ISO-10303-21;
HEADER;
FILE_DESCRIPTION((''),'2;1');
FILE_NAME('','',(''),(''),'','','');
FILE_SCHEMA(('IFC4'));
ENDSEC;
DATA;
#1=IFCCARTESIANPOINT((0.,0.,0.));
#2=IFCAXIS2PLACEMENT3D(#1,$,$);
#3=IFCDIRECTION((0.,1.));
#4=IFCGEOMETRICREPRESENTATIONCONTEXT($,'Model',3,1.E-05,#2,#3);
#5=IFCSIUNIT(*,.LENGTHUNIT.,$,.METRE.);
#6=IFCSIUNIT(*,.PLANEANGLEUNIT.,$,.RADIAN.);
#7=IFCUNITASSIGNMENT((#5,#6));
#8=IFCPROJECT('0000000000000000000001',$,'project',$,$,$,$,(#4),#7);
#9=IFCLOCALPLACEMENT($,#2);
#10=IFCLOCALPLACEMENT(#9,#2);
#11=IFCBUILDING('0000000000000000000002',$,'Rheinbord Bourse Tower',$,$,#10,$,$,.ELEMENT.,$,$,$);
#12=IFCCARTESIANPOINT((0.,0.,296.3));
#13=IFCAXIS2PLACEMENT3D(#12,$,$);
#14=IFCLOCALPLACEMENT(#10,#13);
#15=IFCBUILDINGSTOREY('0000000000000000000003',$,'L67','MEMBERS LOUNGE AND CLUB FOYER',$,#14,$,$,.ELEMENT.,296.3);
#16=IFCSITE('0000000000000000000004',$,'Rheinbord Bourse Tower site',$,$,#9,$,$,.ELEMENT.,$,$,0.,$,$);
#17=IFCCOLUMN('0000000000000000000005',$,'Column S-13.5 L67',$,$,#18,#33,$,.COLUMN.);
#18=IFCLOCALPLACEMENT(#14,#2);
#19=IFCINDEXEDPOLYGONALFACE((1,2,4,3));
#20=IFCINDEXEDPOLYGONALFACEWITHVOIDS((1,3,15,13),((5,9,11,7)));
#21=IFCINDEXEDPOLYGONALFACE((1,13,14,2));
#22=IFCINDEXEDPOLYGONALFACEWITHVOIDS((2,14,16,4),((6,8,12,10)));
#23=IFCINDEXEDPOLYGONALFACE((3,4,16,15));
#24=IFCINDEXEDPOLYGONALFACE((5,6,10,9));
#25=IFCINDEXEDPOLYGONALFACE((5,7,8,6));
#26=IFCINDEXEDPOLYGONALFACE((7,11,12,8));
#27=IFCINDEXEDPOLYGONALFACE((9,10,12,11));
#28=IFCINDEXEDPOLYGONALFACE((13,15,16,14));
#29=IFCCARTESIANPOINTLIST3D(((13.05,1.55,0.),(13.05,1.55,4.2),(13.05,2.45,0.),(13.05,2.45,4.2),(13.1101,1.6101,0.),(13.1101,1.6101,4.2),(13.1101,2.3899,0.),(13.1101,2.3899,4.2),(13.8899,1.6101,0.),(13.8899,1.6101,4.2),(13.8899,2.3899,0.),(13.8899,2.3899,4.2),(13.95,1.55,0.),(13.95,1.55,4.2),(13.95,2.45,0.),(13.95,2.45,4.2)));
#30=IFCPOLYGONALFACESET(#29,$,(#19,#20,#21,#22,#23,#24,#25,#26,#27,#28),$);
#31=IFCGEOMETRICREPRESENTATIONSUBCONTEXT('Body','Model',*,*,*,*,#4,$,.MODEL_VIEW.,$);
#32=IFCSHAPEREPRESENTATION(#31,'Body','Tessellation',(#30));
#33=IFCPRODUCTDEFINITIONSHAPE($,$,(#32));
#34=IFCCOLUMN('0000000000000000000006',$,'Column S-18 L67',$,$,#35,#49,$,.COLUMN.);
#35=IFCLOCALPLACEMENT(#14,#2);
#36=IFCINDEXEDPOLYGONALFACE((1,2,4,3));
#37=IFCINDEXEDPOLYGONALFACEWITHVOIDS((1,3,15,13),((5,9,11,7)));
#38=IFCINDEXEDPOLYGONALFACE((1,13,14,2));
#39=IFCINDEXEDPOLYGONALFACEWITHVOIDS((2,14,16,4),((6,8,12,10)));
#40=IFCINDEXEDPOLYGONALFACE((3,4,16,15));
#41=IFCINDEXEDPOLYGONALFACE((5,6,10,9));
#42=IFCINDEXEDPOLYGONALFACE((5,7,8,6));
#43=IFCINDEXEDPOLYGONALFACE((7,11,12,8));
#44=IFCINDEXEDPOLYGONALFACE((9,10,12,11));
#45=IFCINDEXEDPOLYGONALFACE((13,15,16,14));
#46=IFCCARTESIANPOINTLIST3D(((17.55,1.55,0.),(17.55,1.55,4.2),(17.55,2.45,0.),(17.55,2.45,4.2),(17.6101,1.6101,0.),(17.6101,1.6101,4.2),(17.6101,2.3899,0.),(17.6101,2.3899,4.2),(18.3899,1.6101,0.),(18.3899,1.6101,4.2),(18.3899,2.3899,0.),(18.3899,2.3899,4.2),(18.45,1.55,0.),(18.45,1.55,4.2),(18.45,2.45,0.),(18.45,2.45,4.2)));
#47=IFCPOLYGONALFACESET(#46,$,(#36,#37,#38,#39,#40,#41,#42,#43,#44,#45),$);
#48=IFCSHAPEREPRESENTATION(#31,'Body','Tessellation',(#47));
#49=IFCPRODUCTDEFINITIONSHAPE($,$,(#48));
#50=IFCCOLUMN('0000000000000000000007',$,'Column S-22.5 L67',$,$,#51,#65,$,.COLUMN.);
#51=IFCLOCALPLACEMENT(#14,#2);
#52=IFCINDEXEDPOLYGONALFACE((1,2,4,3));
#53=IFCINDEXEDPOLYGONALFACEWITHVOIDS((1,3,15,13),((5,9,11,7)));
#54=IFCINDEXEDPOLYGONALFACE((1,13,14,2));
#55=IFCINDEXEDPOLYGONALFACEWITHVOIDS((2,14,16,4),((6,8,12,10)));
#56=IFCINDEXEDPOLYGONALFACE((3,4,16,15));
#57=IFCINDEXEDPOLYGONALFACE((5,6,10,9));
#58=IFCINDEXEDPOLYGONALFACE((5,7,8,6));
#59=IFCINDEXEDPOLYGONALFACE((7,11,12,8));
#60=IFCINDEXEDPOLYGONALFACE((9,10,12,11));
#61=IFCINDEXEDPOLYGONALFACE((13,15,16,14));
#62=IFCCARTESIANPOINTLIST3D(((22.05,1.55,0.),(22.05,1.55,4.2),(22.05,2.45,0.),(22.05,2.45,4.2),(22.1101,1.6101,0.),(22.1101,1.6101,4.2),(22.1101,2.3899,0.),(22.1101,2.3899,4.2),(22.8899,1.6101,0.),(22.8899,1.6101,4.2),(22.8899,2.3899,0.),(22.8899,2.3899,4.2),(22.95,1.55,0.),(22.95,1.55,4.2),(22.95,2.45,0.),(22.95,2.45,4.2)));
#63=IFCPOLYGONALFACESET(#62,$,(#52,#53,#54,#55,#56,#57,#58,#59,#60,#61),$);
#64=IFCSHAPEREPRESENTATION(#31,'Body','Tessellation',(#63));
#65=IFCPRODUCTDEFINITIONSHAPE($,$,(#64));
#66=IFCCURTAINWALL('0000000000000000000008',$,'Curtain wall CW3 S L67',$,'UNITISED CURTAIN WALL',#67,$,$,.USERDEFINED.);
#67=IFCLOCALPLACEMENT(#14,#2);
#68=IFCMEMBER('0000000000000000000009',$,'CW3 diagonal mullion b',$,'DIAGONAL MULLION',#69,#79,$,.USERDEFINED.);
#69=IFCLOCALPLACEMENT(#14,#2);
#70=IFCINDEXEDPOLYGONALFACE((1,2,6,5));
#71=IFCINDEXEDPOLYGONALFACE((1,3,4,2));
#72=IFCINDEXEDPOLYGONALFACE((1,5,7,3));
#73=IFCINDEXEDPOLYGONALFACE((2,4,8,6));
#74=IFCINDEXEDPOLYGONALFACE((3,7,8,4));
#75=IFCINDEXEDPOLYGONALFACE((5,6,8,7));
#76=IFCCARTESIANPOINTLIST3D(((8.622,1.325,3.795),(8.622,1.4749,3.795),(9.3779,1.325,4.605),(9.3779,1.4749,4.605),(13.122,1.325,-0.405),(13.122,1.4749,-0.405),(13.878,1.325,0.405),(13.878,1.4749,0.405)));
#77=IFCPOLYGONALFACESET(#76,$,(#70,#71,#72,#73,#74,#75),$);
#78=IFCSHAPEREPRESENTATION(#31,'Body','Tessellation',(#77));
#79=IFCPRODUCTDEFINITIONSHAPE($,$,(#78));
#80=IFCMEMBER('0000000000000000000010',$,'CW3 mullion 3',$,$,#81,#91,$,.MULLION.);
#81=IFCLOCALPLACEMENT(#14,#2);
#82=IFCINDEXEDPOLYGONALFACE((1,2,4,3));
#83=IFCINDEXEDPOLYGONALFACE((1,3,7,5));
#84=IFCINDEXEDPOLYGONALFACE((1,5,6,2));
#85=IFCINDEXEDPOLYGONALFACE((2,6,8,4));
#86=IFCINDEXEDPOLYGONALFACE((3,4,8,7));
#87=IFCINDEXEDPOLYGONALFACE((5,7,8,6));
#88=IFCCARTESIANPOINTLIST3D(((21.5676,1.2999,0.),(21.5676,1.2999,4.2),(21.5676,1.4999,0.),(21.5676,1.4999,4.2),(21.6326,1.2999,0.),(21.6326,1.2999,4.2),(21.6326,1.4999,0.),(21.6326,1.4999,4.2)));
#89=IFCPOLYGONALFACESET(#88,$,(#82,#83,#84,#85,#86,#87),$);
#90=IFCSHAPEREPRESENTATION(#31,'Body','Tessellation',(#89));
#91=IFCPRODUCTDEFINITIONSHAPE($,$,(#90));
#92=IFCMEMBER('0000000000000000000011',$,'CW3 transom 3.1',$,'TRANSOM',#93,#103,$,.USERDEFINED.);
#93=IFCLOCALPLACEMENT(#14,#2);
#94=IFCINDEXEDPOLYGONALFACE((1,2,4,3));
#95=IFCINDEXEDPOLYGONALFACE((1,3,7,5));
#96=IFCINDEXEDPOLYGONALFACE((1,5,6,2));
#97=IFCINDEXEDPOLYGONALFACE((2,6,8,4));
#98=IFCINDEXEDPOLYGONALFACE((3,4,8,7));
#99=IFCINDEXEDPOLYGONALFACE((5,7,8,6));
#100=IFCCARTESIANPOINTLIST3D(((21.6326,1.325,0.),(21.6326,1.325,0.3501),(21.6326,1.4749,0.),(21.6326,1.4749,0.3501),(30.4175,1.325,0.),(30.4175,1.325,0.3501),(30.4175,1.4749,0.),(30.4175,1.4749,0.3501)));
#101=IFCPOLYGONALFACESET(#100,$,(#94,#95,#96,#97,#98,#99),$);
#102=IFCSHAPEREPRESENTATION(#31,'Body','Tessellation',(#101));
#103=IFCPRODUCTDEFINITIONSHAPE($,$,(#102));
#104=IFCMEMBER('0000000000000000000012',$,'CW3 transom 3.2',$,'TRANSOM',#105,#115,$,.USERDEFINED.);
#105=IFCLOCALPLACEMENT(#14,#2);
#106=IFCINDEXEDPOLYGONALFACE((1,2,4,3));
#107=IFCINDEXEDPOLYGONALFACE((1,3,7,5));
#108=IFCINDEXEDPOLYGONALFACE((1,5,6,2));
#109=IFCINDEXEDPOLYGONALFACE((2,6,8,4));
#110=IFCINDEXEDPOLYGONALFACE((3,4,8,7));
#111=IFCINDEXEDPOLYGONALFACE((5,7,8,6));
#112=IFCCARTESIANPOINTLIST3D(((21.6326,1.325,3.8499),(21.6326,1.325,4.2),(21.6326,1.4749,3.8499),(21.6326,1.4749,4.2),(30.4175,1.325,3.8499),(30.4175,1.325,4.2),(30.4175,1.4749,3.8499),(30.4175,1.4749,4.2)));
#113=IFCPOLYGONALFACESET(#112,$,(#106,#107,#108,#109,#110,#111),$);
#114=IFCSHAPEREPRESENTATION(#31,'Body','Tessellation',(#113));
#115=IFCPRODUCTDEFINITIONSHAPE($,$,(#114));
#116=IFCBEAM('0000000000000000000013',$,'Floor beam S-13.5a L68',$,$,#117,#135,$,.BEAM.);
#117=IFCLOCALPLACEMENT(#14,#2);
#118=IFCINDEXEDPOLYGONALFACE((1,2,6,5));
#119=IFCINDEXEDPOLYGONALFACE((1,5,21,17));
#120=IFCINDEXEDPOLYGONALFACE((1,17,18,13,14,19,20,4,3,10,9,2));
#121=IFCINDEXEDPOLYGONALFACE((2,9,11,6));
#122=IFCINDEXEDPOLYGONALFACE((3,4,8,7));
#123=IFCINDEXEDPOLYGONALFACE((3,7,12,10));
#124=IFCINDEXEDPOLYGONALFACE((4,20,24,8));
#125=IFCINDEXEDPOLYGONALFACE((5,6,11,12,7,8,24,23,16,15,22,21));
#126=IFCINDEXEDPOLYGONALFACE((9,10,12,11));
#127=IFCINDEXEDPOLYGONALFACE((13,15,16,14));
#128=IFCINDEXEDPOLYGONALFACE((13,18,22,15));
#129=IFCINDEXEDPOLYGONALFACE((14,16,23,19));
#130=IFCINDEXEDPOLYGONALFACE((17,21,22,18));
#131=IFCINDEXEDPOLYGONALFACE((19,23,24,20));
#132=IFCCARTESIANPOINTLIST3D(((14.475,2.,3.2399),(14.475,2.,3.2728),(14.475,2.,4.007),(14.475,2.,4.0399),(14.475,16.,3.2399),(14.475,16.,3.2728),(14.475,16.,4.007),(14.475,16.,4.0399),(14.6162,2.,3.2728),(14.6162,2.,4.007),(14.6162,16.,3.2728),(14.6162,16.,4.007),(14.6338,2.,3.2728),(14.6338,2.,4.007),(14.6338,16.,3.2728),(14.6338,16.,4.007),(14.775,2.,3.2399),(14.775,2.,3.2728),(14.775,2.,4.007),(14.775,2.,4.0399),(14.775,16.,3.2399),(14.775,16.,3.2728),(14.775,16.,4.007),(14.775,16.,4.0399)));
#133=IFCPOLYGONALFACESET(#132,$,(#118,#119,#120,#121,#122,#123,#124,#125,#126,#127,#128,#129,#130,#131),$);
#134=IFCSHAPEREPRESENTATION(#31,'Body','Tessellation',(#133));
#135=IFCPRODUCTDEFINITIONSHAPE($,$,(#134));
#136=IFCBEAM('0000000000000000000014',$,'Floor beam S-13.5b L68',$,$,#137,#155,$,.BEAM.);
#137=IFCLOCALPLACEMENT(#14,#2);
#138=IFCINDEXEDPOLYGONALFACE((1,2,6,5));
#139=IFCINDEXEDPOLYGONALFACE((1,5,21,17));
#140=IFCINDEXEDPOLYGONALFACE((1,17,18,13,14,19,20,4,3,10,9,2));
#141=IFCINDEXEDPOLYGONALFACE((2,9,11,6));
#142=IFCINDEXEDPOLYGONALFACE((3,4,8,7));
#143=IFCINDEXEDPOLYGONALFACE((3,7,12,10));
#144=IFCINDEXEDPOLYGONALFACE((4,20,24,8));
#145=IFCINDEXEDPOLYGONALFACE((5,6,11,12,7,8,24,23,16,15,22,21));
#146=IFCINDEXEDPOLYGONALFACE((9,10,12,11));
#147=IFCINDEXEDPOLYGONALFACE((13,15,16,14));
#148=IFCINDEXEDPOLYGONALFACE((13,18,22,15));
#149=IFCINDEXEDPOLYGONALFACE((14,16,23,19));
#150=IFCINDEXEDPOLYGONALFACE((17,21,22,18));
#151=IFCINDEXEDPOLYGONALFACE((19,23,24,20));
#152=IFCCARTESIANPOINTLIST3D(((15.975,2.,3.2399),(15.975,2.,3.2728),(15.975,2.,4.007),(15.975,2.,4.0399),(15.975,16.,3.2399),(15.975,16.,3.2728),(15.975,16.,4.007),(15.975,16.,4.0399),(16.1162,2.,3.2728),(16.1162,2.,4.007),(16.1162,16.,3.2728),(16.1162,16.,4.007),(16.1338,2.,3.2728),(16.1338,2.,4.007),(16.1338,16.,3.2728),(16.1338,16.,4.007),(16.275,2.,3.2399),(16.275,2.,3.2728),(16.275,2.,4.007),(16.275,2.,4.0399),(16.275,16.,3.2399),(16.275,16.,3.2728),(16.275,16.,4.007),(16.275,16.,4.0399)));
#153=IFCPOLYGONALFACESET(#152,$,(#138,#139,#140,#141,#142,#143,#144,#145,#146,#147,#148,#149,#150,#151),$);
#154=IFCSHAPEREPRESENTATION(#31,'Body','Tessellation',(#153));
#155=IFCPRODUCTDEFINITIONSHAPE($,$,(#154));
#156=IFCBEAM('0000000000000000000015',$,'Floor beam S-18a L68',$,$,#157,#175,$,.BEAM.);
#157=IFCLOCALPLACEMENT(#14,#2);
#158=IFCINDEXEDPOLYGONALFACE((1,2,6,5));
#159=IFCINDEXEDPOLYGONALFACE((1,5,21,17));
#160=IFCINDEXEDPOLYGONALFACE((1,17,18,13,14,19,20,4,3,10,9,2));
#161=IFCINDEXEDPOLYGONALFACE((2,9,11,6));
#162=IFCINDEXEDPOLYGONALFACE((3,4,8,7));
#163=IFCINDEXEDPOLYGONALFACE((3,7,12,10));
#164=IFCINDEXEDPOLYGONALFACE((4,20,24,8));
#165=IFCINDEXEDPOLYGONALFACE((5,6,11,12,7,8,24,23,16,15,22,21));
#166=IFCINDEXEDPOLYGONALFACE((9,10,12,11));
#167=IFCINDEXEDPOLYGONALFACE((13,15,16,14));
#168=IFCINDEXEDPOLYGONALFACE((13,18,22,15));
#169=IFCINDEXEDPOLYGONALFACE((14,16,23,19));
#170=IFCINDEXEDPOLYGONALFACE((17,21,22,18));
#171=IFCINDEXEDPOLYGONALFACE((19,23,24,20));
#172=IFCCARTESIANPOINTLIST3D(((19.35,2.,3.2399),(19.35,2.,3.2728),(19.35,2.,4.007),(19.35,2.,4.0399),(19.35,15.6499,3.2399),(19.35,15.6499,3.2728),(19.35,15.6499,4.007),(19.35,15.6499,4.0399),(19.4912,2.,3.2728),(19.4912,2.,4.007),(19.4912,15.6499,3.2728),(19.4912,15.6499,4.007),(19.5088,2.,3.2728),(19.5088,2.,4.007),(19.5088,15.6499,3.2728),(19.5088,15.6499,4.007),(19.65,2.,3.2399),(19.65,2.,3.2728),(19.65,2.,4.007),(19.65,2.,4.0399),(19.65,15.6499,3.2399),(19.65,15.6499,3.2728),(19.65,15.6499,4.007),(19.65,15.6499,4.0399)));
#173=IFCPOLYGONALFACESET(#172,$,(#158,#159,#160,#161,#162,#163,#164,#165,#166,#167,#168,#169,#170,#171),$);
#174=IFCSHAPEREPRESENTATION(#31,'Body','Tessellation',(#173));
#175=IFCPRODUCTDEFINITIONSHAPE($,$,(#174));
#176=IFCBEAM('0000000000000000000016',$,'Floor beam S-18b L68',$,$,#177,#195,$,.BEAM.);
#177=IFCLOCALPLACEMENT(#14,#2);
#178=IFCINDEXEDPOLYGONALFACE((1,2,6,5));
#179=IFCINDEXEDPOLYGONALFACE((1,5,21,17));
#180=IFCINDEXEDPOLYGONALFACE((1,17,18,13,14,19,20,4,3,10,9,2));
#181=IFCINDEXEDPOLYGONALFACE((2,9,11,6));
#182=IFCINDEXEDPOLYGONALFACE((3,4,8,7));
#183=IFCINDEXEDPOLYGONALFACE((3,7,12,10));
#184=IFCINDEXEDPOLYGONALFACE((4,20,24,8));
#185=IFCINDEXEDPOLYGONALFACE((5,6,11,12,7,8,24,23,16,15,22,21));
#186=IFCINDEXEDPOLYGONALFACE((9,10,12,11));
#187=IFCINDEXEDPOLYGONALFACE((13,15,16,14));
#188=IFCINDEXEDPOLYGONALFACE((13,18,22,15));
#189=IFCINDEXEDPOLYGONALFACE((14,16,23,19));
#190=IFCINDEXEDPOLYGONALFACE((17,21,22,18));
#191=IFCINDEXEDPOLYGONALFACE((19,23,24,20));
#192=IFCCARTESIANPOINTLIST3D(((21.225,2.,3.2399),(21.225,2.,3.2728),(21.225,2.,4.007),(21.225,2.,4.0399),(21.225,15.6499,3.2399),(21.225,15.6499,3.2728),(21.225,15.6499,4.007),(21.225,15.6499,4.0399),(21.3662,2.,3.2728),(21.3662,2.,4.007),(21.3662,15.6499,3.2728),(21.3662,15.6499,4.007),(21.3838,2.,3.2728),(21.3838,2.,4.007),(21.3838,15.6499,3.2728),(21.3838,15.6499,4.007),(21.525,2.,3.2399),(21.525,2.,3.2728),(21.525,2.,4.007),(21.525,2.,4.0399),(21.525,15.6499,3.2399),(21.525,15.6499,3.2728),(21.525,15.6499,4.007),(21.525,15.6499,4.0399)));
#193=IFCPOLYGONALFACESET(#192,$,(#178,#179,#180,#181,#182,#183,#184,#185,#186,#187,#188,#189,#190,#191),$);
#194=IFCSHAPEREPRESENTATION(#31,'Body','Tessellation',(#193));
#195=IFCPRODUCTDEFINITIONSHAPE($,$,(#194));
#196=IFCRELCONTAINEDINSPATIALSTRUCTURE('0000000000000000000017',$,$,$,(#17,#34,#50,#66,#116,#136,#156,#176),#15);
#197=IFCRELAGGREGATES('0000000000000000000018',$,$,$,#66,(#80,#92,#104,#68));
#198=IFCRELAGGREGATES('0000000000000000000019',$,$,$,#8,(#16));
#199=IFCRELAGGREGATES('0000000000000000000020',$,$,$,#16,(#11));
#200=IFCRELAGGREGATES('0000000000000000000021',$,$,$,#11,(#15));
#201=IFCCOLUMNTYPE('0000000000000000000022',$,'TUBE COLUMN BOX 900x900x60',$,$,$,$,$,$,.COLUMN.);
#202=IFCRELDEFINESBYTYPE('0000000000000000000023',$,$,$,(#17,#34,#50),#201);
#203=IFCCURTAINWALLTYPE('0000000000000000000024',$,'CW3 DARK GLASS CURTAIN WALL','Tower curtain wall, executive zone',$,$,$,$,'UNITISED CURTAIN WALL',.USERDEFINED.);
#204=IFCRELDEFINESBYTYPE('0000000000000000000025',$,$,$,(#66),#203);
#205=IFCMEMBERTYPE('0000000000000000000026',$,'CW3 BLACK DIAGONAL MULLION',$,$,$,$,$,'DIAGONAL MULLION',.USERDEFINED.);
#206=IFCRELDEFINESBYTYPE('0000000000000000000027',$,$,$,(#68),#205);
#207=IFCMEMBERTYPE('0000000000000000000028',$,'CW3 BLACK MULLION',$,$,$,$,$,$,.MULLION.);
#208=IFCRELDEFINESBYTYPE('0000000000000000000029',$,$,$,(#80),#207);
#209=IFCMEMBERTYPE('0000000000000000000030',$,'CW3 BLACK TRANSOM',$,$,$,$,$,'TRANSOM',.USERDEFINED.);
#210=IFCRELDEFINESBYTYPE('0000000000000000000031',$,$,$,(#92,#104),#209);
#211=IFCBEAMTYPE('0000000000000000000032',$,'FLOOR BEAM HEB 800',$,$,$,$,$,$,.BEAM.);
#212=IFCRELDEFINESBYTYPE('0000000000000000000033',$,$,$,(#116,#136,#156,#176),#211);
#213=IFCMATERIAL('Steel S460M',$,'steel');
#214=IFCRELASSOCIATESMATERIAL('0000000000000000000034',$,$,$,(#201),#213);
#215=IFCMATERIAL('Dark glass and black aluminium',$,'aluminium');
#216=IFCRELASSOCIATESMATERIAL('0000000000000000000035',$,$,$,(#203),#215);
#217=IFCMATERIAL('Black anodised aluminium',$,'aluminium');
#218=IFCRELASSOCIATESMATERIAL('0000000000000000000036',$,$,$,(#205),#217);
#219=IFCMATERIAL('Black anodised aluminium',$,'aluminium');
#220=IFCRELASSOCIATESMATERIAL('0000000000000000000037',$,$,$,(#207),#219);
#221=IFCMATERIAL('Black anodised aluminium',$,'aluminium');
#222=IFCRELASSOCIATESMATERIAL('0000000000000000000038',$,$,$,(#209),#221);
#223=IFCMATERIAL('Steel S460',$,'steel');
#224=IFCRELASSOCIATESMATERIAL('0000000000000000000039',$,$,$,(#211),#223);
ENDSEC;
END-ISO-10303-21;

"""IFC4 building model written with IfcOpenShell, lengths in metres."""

from ifc_helpers import new_model, si_unit, direction, frame, origin, origin_2d, place, context, subcontext, project, spatial, rectangle, hollow_rectangle, i_section, extrude, material, material_profile, profile_set, type_object, element, aggregate, save


model = new_model("IFC4")

# Units and contexts
model_context = context("Model", 3, precision=1e-05, world=origin(), true_north=direction((0.0, 1.0)))
body_context = subcontext(model_context, "Body", "Model", "MODEL_VIEW")
ifc_project = project(units=[si_unit("LENGTHUNIT", "METRE"), si_unit("PLANEANGLEUNIT", "RADIAN")], contexts=[model_context])

# Site, building, storey
site_placement = place(None, origin())
site = spatial("IfcSite", under=ifc_project, at=site_placement, Name="Rheinbord Bourse Tower site", CompositionType="ELEMENT", RefElevation=0.0)
building_placement = place(site_placement, origin())
building = spatial("IfcBuilding", under=site, at=building_placement, Name="Rheinbord Bourse Tower", CompositionType="ELEMENT")
storey_placement = place(building_placement, frame((0.0, 0.0, 296.3)))
storey = spatial("IfcBuildingStorey", under=building, at=storey_placement, Name="L67", Description="MEMBERS LOUNGE AND CLUB FOYER", CompositionType="ELEMENT", Elevation=296.3)

# Columns
ifc_material_1 = material(Name="Steel S460M", Category="steel")
ifc_material_profile_1 = material_profile(ifc_material_1, hollow_rectangle(XDim=0.8999, YDim=0.8999, WallThickness=0.0601, at=origin_2d()), Name="BOX 900x900x60")
ifc_profile_set_1 = profile_set([ifc_material_profile_1], Name="Steel S460M")
column_type = type_object("IfcColumnType", Name="TUBE COLUMN BOX 900x900x60", PredefinedType="COLUMN", material=ifc_profile_set_1)
for number, where, z_axis, x_axis, name in (
    (1, (13.5, 2.0, 0.0), (0.0, 0.0, 1.0), (0.0, 1.0, 0.0), "Column S-13.5 L67"),
    (2, (18.0, 2.0, 0.0), (0.0, 0.0, 1.0), (0.0, 1.0, 0.0), "Column S-18 L67"),
    (3, (22.5, 2.0, 0.0), (0.0, 0.0, 1.0), (0.0, 1.0, 0.0), "Column S-22.5 L67"),
):
    element("IfcColumn", number, at=place(storey_placement, frame(where, z_axis=z_axis, x_axis=x_axis)), inside=storey, type_object=column_type, Name=name, PredefinedType="COLUMN", context=body_context, shape_type="SweptSolid", body=[
        extrude(hollow_rectangle(XDim=0.8999, YDim=0.8999, WallThickness=0.0601, at=origin_2d()), origin(), (0.0, 0.0, 1.0), 4.2),
    ])

# Curtain wall, members
ifc_material_2 = material(Name="Dark glass and black aluminium", Category="aluminium")
curtain_wall_type = type_object("IfcCurtainWallType", Name="CW3 DARK GLASS CURTAIN WALL", Description="Tower curtain wall, executive zone", ElementType="UNITISED CURTAIN WALL", PredefinedType="USERDEFINED", material=ifc_material_2)
curtain_wall_placement = place(storey_placement, origin())
curtain_wall = element("IfcCurtainWall", 4, at=curtain_wall_placement, inside=storey, type_object=curtain_wall_type, Name="Curtain wall CW3 S L67", ObjectType="UNITISED CURTAIN WALL", PredefinedType="USERDEFINED")
ifc_material_3 = material(Name="Black anodised aluminium", Category="aluminium")
ifc_material_profile_2 = material_profile(ifc_material_3, rectangle(XDim=0.1499, YDim=1.1079, at=origin_2d()), Name="CW3 DIAGONAL MULLION 1108x150")
ifc_profile_set_2 = profile_set([ifc_material_profile_2], Name="Black anodised aluminium")
member_type_1 = type_object("IfcMemberType", Name="CW3 BLACK DIAGONAL MULLION", ElementType="DIAGONAL MULLION", PredefinedType="USERDEFINED", material=ifc_profile_set_2)
member_1_placement = place(storey_placement, frame((13.5, 1.3999, 0.0), z_axis=(-0.731059, 0.0, 0.682314), x_axis=(0.0, -1.0, 0.0)))
member_1 = element("IfcMember", 5, at=member_1_placement, type_object=member_type_1, Name="CW3 diagonal mullion b", ObjectType="DIAGONAL MULLION", PredefinedType="USERDEFINED", context=body_context, shape_type="SweptSolid", body=[
    extrude(rectangle(XDim=0.1499, YDim=1.1079, at=origin_2d()), origin(), (0.0, 0.0, 1.0), 6.1555),
])
ifc_material_4 = material(Name="Black anodised aluminium", Category="aluminium")
ifc_material_profile_3 = material_profile(ifc_material_4, rectangle(XDim=0.2, YDim=0.0649, at=origin_2d()), Name="CW3 MULLION 65x200")
ifc_profile_set_3 = profile_set([ifc_material_profile_3], Name="Black anodised aluminium")
member_type_2 = type_object("IfcMemberType", Name="CW3 BLACK MULLION", PredefinedType="MULLION", material=ifc_profile_set_3)
member_2_placement = place(storey_placement, frame((21.6001, 1.3999, 0.0), z_axis=(0.0, 0.0, 1.0), x_axis=(0.0, 1.0, 0.0)))
member_2 = element("IfcMember", 6, at=member_2_placement, type_object=member_type_2, Name="CW3 mullion 3", PredefinedType="MULLION", context=body_context, shape_type="SweptSolid", body=[
    extrude(rectangle(XDim=0.2, YDim=0.0649, at=origin_2d()), origin(), (0.0, 0.0, 1.0), 4.2),
])
ifc_material_5 = material(Name="Black anodised aluminium", Category="aluminium")
ifc_material_profile_4 = material_profile(ifc_material_5, rectangle(XDim=0.1499, YDim=0.3501, at=origin_2d()), Name="CW3 TRANSOM 350x150")
ifc_profile_set_4 = profile_set([ifc_material_profile_4], Name="Black anodised aluminium")
member_type_3 = type_object("IfcMemberType", Name="CW3 BLACK TRANSOM", ElementType="TRANSOM", PredefinedType="USERDEFINED", material=ifc_profile_set_4)
member_3_placement = place(storey_placement, frame((21.6326, 1.3999, 0.175), z_axis=(1.0, 0.0, 0.0), x_axis=(0.0, 1.0, 0.0)))
member_3 = element("IfcMember", 7, at=member_3_placement, type_object=member_type_3, Name="CW3 transom 3.1", ObjectType="TRANSOM", PredefinedType="USERDEFINED", context=body_context, shape_type="SweptSolid", body=[
    extrude(rectangle(XDim=0.1499, YDim=0.3501, at=origin_2d()), origin(), (0.0, 0.0, 1.0), 8.7849),
])
member_4_placement = place(storey_placement, frame((21.6326, 1.3999, 4.0249), z_axis=(1.0, 0.0, 0.0), x_axis=(0.0, 1.0, 0.0)))
member_4 = element("IfcMember", 8, at=member_4_placement, type_object=member_type_3, Name="CW3 transom 3.2", ObjectType="TRANSOM", PredefinedType="USERDEFINED", context=body_context, shape_type="SweptSolid", body=[
    extrude(rectangle(XDim=0.1499, YDim=0.3501, at=origin_2d()), origin(), (0.0, 0.0, 1.0), 8.7849),
])

# Beams
ifc_material_6 = material(Name="Steel S460", Category="steel")
ifc_material_profile_5 = material_profile(ifc_material_6, i_section(OverallWidth=0.3, OverallDepth=0.8, WebThickness=0.0176, FlangeThickness=0.033, at=origin_2d()), Name="HEB 800")
ifc_profile_set_5 = profile_set([ifc_material_profile_5], Name="Steel S460")
beam_type_1 = type_object("IfcBeamType", Name="FLOOR BEAM HEB 800", PredefinedType="BEAM", material=ifc_profile_set_5)
for number, where, z_axis, x_axis, name in (
    (9, (14.625, 2.0, 3.6399), (0.0, 1.0, 0.0), (-1.0, 0.0, 0.0), "Floor beam S-13.5a L68"),
    (10, (16.125, 2.0, 3.6399), (0.0, 1.0, 0.0), (-1.0, 0.0, 0.0), "Floor beam S-13.5b L68"),
):
    element("IfcBeam", number, at=place(storey_placement, frame(where, z_axis=z_axis, x_axis=x_axis)), inside=storey, type_object=beam_type_1, Name=name, PredefinedType="BEAM", context=body_context, shape_type="SweptSolid", body=[
        extrude(i_section(OverallWidth=0.3, OverallDepth=0.8, WebThickness=0.0176, FlangeThickness=0.033, at=origin_2d()), origin(), (0.0, 0.0, 1.0), 14.0),
    ])
for number, where, z_axis, x_axis, name in (
    (11, (19.5, 2.0, 3.6399), (0.0, 1.0, 0.0), (-1.0, 0.0, 0.0), "Floor beam S-18a L68"),
    (12, (21.375, 2.0, 3.6399), (0.0, 1.0, 0.0), (-1.0, 0.0, 0.0), "Floor beam S-18b L68"),
):
    element("IfcBeam", number, at=place(storey_placement, frame(where, z_axis=z_axis, x_axis=x_axis)), inside=storey, type_object=beam_type_1, Name=name, PredefinedType="BEAM", context=body_context, shape_type="SweptSolid", body=[
        extrude(i_section(OverallWidth=0.3, OverallDepth=0.8, WebThickness=0.0176, FlangeThickness=0.033, at=origin_2d()), origin(), (0.0, 0.0, 1.0), 13.6499),
    ])

aggregate(curtain_wall, [member_2, member_3, member_4, member_1])

save(model, "model.ifc")
